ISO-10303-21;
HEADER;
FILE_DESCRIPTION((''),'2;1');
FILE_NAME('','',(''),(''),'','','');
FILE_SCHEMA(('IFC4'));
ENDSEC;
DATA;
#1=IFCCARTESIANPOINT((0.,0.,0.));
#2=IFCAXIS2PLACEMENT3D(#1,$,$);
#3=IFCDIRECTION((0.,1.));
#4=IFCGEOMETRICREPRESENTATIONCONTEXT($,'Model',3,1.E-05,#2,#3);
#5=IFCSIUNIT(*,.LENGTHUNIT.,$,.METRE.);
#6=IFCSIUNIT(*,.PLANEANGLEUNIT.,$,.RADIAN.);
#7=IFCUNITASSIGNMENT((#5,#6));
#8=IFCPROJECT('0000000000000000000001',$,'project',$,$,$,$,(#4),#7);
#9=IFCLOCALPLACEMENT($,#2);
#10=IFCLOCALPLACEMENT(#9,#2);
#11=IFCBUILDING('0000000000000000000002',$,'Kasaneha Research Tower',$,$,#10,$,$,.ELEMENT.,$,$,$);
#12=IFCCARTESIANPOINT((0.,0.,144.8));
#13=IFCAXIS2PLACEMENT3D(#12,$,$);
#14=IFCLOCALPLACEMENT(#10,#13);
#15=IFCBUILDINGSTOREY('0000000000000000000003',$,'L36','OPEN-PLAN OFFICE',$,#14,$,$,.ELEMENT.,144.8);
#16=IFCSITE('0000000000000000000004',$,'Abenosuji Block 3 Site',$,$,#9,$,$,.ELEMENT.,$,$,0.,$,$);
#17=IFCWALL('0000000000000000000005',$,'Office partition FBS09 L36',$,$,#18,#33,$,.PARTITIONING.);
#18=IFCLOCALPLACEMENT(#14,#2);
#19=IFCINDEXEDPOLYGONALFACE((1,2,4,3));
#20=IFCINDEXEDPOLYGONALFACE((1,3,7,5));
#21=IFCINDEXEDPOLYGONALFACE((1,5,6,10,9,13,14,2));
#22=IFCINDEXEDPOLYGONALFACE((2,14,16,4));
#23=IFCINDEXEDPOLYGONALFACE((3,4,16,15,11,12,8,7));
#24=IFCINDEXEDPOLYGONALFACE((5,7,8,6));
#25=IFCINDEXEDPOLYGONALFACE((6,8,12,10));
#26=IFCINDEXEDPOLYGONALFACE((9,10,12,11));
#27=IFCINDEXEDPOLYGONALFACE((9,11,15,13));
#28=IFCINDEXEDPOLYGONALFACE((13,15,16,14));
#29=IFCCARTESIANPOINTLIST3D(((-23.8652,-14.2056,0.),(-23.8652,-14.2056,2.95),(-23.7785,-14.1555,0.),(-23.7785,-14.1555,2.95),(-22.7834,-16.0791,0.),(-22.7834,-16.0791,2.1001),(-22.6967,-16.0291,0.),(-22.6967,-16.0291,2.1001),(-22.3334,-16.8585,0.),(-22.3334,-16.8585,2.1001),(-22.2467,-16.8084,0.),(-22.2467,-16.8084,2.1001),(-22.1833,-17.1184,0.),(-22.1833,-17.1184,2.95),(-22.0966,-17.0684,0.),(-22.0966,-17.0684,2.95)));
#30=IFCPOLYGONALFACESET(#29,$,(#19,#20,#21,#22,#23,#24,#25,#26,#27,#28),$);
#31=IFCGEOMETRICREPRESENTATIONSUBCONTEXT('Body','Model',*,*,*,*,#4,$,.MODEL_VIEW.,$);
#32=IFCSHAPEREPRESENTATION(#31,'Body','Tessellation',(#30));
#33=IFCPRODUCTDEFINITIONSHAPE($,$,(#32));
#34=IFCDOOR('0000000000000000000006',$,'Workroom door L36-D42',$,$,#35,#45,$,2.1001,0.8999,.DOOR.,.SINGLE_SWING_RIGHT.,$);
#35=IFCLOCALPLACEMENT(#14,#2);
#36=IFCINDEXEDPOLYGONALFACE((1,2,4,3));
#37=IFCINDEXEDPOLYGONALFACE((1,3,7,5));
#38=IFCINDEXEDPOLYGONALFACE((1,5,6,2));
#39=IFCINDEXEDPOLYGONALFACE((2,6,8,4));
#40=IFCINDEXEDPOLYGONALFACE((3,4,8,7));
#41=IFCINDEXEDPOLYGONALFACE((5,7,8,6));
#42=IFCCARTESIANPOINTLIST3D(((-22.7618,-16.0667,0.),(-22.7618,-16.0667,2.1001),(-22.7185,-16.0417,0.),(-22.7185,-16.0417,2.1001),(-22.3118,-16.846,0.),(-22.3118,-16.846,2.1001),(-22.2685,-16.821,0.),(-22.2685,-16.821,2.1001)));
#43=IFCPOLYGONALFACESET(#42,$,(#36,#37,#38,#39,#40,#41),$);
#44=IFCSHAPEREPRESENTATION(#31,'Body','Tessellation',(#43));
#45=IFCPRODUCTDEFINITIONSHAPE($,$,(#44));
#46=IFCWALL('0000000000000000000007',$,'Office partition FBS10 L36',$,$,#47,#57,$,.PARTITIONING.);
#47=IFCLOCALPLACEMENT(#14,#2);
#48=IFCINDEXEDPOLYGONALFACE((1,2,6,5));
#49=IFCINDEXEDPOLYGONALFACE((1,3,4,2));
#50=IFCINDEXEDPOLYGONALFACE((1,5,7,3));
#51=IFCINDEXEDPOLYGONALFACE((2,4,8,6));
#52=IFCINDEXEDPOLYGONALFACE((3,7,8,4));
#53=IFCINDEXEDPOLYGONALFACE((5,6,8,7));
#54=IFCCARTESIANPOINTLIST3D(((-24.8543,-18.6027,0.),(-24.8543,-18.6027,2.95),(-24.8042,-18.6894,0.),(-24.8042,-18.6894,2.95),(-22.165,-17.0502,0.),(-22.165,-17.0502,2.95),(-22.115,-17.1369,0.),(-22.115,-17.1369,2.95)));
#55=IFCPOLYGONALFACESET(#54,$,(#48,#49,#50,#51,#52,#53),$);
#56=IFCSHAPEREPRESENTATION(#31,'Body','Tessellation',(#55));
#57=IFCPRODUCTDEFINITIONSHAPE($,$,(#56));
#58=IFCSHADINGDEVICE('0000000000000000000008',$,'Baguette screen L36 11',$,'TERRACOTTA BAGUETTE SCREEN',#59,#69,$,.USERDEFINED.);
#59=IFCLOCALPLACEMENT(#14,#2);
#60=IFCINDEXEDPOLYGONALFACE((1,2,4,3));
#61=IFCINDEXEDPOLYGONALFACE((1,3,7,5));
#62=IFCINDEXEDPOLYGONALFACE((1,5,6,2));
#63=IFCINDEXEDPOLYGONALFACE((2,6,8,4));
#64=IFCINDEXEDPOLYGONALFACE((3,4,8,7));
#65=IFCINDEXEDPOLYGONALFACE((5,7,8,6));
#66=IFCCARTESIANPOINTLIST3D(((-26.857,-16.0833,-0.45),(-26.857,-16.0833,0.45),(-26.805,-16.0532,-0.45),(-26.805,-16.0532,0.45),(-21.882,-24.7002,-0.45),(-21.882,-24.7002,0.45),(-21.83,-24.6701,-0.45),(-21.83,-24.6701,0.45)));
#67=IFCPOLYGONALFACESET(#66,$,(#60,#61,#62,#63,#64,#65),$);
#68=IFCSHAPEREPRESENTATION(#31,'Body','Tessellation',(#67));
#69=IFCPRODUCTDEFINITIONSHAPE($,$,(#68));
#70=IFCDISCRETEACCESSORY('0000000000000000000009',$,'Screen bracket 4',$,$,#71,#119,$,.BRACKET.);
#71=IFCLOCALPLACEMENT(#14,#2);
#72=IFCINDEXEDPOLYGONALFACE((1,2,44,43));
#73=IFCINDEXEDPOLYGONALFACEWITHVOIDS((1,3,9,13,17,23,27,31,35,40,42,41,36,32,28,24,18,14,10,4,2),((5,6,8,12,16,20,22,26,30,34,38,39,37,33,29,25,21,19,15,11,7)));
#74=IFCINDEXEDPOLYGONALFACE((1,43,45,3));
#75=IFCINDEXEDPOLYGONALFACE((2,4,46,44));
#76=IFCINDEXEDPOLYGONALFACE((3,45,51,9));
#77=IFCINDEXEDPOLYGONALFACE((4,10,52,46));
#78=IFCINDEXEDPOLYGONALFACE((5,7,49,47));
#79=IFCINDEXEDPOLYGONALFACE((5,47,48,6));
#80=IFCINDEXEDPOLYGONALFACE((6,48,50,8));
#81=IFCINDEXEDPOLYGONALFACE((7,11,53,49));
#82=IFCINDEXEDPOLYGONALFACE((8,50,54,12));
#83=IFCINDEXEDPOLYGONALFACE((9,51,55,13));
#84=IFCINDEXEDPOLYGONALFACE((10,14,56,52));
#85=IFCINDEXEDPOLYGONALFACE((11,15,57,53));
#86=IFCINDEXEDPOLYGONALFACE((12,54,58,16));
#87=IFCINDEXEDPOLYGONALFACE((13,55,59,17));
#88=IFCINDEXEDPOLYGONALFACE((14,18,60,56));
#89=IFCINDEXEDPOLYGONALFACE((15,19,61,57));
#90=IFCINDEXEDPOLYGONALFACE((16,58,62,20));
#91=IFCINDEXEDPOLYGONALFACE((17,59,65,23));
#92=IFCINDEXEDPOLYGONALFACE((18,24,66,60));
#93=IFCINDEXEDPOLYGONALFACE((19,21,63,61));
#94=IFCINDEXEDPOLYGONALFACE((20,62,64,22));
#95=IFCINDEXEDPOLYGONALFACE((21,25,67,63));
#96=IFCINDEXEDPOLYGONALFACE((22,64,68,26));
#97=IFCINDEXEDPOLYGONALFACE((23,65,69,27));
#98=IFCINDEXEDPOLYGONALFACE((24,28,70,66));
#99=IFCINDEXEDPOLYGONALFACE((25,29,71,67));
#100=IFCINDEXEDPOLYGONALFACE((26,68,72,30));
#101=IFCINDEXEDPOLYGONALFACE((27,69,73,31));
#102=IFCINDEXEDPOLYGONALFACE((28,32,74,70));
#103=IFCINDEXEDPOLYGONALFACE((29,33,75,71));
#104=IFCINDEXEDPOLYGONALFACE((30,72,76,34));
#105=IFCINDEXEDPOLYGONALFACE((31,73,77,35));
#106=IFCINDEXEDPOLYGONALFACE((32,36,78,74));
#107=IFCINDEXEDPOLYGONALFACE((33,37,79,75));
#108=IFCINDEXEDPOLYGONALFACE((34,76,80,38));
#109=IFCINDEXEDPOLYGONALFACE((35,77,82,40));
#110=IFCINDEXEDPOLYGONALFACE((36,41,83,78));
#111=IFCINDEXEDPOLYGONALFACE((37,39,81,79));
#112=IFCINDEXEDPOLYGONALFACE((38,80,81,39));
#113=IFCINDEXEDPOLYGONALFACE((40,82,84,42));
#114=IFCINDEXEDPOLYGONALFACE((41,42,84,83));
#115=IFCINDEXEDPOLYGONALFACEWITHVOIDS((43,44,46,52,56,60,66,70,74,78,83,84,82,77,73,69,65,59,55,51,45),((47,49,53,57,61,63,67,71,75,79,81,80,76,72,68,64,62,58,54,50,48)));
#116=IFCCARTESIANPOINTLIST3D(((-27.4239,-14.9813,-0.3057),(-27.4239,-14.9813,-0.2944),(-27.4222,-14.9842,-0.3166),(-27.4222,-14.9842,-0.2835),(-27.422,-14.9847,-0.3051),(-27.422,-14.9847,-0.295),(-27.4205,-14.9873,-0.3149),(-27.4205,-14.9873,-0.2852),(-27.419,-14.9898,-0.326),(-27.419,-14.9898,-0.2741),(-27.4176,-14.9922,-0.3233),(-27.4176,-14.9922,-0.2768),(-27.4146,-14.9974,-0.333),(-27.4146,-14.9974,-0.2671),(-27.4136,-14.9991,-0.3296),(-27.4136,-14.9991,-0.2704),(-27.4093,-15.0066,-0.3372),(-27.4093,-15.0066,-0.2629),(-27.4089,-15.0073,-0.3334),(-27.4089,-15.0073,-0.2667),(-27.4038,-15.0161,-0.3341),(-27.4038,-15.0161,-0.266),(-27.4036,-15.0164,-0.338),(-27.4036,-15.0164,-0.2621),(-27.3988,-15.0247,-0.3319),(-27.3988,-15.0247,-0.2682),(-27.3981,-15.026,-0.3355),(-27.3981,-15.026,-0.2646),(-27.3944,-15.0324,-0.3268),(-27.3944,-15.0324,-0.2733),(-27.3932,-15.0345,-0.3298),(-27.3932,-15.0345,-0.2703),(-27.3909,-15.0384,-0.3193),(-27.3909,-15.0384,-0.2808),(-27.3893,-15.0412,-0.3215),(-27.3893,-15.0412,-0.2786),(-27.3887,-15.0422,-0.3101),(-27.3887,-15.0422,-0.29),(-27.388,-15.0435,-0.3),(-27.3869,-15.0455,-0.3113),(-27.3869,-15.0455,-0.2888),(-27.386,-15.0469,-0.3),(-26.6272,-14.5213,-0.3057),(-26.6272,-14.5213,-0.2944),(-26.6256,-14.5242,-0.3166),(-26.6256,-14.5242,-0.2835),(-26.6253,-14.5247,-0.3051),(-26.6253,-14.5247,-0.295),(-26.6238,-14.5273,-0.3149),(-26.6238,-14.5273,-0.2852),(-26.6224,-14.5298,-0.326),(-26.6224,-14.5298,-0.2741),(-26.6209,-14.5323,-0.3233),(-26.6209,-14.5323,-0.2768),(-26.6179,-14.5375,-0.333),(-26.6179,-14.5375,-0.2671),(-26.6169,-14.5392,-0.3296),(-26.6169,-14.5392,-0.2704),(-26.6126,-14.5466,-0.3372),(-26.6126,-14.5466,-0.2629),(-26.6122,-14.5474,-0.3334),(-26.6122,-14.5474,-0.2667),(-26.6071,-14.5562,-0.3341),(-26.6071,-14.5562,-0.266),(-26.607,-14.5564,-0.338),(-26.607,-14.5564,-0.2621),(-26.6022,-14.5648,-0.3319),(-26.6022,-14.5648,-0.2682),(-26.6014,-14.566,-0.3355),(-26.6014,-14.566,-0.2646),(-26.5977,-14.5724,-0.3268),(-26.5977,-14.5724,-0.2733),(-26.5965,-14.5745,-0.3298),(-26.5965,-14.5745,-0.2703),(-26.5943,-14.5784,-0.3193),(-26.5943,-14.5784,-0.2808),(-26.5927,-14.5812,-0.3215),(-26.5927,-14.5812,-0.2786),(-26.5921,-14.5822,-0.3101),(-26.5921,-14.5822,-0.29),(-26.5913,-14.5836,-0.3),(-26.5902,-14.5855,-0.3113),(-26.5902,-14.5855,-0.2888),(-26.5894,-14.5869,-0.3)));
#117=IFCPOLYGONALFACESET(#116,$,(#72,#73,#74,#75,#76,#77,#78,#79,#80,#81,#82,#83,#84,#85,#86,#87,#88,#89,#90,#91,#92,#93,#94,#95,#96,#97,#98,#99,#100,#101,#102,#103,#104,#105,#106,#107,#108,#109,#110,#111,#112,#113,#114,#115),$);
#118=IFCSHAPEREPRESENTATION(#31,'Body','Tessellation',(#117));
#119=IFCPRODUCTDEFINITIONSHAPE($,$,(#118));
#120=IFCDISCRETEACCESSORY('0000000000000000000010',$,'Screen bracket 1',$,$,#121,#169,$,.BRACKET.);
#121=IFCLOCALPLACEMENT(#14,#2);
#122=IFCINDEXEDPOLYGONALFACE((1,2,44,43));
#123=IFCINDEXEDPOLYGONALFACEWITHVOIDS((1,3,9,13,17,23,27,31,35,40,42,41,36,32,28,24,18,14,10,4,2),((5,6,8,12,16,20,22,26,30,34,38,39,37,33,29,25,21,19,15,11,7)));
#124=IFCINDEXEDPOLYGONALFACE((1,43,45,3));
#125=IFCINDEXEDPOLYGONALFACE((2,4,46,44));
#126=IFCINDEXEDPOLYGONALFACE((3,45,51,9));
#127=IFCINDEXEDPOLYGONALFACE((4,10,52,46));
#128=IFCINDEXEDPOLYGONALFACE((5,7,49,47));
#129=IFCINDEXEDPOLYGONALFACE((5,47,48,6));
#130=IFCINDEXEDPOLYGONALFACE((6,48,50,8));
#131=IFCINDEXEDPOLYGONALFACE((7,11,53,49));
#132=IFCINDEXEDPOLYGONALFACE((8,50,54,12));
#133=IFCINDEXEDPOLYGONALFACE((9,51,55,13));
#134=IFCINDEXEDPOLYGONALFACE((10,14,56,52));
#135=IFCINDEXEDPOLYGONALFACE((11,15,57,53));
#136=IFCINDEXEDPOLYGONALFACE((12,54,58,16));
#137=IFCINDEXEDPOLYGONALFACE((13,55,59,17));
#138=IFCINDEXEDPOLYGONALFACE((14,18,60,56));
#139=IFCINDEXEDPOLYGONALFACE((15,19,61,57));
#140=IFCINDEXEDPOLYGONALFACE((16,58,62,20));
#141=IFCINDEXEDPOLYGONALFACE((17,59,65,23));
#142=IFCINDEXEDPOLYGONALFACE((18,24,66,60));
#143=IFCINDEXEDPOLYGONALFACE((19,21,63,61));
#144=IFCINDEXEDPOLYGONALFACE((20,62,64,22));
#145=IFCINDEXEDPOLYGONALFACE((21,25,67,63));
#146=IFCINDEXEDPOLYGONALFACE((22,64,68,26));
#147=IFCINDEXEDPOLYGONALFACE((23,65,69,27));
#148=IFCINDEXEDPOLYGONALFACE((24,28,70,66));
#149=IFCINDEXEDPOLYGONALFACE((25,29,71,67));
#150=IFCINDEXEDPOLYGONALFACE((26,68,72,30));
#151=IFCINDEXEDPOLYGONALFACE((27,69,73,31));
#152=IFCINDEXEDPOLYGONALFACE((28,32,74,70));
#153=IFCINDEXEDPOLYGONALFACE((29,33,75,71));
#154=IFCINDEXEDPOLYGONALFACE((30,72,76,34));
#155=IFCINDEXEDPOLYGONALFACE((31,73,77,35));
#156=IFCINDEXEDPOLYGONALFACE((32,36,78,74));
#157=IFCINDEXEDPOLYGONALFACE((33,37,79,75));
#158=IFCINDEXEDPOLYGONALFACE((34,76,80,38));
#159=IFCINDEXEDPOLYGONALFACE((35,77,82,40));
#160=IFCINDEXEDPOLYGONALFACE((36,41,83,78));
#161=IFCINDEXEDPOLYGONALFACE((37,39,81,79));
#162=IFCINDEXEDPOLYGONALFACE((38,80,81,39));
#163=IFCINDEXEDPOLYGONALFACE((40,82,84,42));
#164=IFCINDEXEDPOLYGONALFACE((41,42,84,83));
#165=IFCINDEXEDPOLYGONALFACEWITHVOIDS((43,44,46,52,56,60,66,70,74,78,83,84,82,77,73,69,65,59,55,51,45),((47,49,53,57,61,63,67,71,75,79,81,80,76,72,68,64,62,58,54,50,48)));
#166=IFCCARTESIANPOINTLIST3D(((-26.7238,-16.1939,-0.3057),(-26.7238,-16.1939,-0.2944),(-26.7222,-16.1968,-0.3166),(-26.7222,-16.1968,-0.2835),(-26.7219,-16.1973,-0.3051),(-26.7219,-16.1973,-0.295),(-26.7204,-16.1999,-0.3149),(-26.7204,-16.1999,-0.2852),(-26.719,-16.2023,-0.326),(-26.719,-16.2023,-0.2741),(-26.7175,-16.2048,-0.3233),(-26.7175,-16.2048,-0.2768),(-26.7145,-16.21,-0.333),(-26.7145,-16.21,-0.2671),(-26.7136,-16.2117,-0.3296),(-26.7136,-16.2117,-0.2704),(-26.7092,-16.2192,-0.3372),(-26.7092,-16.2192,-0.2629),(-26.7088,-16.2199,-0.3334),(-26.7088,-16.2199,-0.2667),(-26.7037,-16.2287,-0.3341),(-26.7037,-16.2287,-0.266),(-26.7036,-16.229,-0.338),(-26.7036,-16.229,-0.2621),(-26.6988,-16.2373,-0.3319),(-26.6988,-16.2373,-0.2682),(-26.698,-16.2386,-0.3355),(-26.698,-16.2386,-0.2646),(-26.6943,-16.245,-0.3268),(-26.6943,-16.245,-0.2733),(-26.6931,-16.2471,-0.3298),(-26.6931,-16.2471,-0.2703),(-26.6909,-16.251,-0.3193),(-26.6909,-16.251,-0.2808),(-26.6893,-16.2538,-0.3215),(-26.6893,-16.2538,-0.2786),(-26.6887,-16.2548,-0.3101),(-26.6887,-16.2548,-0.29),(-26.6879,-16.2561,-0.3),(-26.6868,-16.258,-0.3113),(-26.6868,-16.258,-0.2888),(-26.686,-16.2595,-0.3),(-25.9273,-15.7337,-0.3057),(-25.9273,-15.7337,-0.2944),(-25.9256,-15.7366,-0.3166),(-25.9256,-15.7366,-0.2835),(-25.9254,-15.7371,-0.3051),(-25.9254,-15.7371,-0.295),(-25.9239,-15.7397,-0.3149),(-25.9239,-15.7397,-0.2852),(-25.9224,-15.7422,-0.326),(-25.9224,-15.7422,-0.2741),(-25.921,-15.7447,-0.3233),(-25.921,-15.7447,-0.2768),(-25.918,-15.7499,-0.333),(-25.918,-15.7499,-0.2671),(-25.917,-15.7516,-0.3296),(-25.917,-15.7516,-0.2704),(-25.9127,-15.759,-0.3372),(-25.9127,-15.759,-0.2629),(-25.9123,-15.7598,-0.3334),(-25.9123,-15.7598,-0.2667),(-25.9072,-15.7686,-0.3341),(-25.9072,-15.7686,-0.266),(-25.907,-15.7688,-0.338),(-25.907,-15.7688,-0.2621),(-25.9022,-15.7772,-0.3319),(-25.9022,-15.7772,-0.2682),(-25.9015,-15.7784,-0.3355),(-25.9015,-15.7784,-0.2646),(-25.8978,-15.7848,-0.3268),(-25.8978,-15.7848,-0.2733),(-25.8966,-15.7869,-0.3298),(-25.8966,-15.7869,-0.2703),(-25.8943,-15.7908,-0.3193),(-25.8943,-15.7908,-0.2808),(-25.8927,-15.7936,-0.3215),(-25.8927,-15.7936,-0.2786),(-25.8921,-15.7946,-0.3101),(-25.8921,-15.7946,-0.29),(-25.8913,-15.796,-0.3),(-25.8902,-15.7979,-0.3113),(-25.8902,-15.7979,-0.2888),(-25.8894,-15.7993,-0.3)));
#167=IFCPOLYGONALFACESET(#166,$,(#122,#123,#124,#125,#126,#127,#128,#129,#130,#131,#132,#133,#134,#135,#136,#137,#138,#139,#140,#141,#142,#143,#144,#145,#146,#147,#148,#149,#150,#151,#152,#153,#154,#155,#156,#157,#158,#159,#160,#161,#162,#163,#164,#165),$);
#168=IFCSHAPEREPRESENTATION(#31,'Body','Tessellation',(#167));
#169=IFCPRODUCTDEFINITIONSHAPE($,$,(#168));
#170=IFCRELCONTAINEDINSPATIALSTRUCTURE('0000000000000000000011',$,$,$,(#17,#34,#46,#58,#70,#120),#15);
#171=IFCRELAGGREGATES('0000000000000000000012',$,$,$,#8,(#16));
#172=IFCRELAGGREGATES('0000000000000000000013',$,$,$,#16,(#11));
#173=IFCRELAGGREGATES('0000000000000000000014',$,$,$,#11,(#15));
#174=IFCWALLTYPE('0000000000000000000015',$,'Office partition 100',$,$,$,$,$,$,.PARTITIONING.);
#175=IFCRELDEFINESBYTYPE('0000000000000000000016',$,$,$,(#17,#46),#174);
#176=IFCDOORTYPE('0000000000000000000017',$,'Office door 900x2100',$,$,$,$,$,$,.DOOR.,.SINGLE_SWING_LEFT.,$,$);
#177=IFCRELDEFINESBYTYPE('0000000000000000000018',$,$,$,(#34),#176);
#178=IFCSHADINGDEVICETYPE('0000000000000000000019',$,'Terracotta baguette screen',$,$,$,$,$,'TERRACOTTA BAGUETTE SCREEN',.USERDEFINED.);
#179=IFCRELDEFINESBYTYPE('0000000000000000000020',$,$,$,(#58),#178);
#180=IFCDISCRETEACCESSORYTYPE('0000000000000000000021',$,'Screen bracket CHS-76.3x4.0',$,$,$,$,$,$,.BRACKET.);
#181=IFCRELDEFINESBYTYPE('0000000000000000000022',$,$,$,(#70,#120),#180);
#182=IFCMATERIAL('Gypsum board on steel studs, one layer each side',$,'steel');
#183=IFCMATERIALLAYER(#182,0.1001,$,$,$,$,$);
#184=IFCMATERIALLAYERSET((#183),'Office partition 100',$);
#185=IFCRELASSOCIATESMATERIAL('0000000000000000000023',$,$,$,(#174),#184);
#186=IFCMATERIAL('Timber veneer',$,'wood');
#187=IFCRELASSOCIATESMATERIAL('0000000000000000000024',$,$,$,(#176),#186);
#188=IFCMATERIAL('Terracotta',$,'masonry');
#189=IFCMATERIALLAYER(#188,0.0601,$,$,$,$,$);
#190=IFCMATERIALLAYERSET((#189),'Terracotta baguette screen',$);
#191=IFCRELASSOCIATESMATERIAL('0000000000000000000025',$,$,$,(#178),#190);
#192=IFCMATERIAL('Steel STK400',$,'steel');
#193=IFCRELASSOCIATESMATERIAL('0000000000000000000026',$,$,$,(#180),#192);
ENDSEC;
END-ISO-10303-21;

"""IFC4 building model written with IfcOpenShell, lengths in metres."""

from ifc_helpers import new_model, si_unit, direction, frame, frame_2d, origin, origin_2d, place, context, subcontext, project, spatial, rectangle, hollow_circle, extrude, material, layer, layer_set, material_profile, profile_set, type_object, element, fill, save


model = new_model("IFC4")

# Units and contexts
model_context = context("Model", 3, precision=1e-05, world=origin(), true_north=direction((0.0, 1.0)))
body_context = subcontext(model_context, "Body", "Model", "MODEL_VIEW")
ifc_project = project(units=[si_unit("LENGTHUNIT", "METRE"), si_unit("PLANEANGLEUNIT", "RADIAN")], contexts=[model_context])

# Site, building, storey
site_placement = place(None, origin())
site = spatial("IfcSite", under=ifc_project, at=site_placement, Name="Abenosuji Block 3 Site", CompositionType="ELEMENT", RefElevation=0.0)
building_placement = place(site_placement, origin())
building = spatial("IfcBuilding", under=site, at=building_placement, Name="Kasaneha Research Tower", CompositionType="ELEMENT")
storey_placement = place(building_placement, frame((0.0, 0.0, 144.8)))
storey = spatial("IfcBuildingStorey", under=building, at=storey_placement, Name="L36", Description="OPEN-PLAN OFFICE", CompositionType="ELEMENT", Elevation=144.8)

# Shared definitions
ifc_material_1 = material(Name="Gypsum board on steel studs, one layer each side", Category="steel")
ifc_layer_1 = layer(ifc_material_1, 0.1001)
ifc_layer_set_1 = layer_set([ifc_layer_1], Name="Office partition 100")
wall_type = type_object("IfcWallType", Name="Office partition 100", PredefinedType="PARTITIONING", material=ifc_layer_set_1)
ifc_material_2 = material(Name="Timber veneer", Category="wood")
door_type = type_object("IfcDoorType", Name="Office door 900x2100", OperationType="SINGLE_SWING_LEFT", PredefinedType="DOOR", material=ifc_material_2)

# Wall, opening, door
wall_1_placement = place(storey_placement, frame((-23.8218, -14.1807, 0.0), z_axis=(0.0, 0.0, 1.0), x_axis=(0.500035, -0.866005, 0.0)))
wall_1 = element("IfcWall", 1, at=wall_1_placement, inside=storey, type_object=wall_type, Name="Office partition FBS09 L36", PredefinedType="PARTITIONING", context=body_context, shape_type="SweptSolid", body=[
    extrude(rectangle(XDim=3.3635, YDim=0.1001, at=frame_2d((1.6816, 0.0))), origin(), (0.0, 0.0, 1.0), 2.95),
])
opening_1_placement = place(wall_1_placement, frame((2.1633, 0.0, 0.0)))
opening_1 = element("IfcOpeningElement", 2, at=opening_1_placement, cuts=wall_1, PredefinedType="OPENING", context=body_context, shape_type="SweptSolid", body=[
    extrude(rectangle(XDim=0.8999, YDim=2.1001, at=frame_2d((0.45, 1.05))), frame((0.0, 0.0601, 0.0), z_axis=(0.0, -1.0, 0.0), x_axis=(1.0, 0.0, 0.0)), (0.0, 0.0, 1.0), 0.1201),
])
door_1_placement = place(opening_1_placement, origin())
door_1 = element("IfcDoor", 3, at=door_1_placement, inside=storey, type_object=door_type, Name="Workroom door L36-D42", OperationType="SINGLE_SWING_RIGHT", OverallHeight=2.1001, OverallWidth=0.8999, PredefinedType="DOOR", context=body_context, shape_type="SweptSolid", body=[
    extrude(rectangle(XDim=0.8999, YDim=2.1001, at=frame_2d((0.45, 1.05))), frame((0.0, 0.0249, 0.0), z_axis=(0.0, -1.0, 0.0), x_axis=(1.0, 0.0, 0.0)), (0.0, 0.0, 1.0), 0.05),
])
fill(opening_1, door_1)

# Wall
wall_2_placement = place(storey_placement, frame((-22.1399, -17.0935, 0.0), z_axis=(0.0, 0.0, 1.0), x_axis=(-0.866043, -0.49997, 0.0)))
element("IfcWall", 4, at=wall_2_placement, inside=storey, type_object=wall_type, Name="Office partition FBS10 L36", PredefinedType="PARTITIONING", context=body_context, shape_type="SweptSolid", body=[
    extrude(rectangle(XDim=3.1052, YDim=0.1001, at=frame_2d((1.5527, 0.0))), origin(), (0.0, 0.0, 1.0), 2.95),
])

# Shading device
ifc_material_3 = material(Name="Terracotta", Category="masonry")
ifc_layer_2 = layer(ifc_material_3, 0.0601)
ifc_layer_set_2 = layer_set([ifc_layer_2], Name="Terracotta baguette screen")
shading_device_type = type_object("IfcShadingDeviceType", Name="Terracotta baguette screen", ElementType="TERRACOTTA BAGUETTE SCREEN", PredefinedType="USERDEFINED", material=ifc_layer_set_2)
shading_device_placement = place(storey_placement, frame((-24.3435, -20.3767, -0.45), z_axis=(0.0, 0.0, 1.0), x_axis=(0.5, -0.866025, 0.0)))
element("IfcShadingDevice", 5, at=shading_device_placement, inside=storey, type_object=shading_device_type, Name="Baguette screen L36 11", ObjectType="TERRACOTTA BAGUETTE SCREEN", PredefinedType="USERDEFINED", context=body_context, shape_type="SweptSolid", body=[
    extrude(rectangle(XDim=9.95, YDim=0.0601, at=origin_2d()), origin(), (0.0, 0.0, 1.0), 0.8999),
])

# Discrete accessories
ifc_material_4 = material(Name="Steel STK400", Category="steel")
ifc_material_profile_1 = material_profile(ifc_material_4, hollow_circle(Radius=0.0381, WallThickness=0.0039, at=origin_2d()), Name="CHS-76.3x4.0")
ifc_profile_set_1 = profile_set([ifc_material_profile_1], Name="Steel STK400")
discrete_accessory_type = type_object("IfcDiscreteAccessoryType", Name="Screen bracket CHS-76.3x4.0", PredefinedType="BRACKET", material=ifc_profile_set_1)
for number, where, z_axis, x_axis, name in (
    (6, (-26.6084, -14.554, -0.3), (-0.866013, -0.500021, 0.0), (0.500021, -0.866013, 0.0), "Screen bracket 4"),
    (7, (-25.9084, -15.7664, -0.3), (-0.865898, -0.50022, 0.0), (0.50022, -0.865898, 0.0), "Screen bracket 1"),
):
    element("IfcDiscreteAccessory", number, at=place(storey_placement, frame(where, z_axis=z_axis, x_axis=x_axis)), inside=storey, type_object=discrete_accessory_type, Name=name, PredefinedType="BRACKET", context=body_context, shape_type="SweptSolid", body=[
        extrude(hollow_circle(Radius=0.0381, WallThickness=0.0039, at=origin_2d()), origin(), (0.0, 0.0, 1.0), 0.9199),
    ])

save(model, "model.ifc")
